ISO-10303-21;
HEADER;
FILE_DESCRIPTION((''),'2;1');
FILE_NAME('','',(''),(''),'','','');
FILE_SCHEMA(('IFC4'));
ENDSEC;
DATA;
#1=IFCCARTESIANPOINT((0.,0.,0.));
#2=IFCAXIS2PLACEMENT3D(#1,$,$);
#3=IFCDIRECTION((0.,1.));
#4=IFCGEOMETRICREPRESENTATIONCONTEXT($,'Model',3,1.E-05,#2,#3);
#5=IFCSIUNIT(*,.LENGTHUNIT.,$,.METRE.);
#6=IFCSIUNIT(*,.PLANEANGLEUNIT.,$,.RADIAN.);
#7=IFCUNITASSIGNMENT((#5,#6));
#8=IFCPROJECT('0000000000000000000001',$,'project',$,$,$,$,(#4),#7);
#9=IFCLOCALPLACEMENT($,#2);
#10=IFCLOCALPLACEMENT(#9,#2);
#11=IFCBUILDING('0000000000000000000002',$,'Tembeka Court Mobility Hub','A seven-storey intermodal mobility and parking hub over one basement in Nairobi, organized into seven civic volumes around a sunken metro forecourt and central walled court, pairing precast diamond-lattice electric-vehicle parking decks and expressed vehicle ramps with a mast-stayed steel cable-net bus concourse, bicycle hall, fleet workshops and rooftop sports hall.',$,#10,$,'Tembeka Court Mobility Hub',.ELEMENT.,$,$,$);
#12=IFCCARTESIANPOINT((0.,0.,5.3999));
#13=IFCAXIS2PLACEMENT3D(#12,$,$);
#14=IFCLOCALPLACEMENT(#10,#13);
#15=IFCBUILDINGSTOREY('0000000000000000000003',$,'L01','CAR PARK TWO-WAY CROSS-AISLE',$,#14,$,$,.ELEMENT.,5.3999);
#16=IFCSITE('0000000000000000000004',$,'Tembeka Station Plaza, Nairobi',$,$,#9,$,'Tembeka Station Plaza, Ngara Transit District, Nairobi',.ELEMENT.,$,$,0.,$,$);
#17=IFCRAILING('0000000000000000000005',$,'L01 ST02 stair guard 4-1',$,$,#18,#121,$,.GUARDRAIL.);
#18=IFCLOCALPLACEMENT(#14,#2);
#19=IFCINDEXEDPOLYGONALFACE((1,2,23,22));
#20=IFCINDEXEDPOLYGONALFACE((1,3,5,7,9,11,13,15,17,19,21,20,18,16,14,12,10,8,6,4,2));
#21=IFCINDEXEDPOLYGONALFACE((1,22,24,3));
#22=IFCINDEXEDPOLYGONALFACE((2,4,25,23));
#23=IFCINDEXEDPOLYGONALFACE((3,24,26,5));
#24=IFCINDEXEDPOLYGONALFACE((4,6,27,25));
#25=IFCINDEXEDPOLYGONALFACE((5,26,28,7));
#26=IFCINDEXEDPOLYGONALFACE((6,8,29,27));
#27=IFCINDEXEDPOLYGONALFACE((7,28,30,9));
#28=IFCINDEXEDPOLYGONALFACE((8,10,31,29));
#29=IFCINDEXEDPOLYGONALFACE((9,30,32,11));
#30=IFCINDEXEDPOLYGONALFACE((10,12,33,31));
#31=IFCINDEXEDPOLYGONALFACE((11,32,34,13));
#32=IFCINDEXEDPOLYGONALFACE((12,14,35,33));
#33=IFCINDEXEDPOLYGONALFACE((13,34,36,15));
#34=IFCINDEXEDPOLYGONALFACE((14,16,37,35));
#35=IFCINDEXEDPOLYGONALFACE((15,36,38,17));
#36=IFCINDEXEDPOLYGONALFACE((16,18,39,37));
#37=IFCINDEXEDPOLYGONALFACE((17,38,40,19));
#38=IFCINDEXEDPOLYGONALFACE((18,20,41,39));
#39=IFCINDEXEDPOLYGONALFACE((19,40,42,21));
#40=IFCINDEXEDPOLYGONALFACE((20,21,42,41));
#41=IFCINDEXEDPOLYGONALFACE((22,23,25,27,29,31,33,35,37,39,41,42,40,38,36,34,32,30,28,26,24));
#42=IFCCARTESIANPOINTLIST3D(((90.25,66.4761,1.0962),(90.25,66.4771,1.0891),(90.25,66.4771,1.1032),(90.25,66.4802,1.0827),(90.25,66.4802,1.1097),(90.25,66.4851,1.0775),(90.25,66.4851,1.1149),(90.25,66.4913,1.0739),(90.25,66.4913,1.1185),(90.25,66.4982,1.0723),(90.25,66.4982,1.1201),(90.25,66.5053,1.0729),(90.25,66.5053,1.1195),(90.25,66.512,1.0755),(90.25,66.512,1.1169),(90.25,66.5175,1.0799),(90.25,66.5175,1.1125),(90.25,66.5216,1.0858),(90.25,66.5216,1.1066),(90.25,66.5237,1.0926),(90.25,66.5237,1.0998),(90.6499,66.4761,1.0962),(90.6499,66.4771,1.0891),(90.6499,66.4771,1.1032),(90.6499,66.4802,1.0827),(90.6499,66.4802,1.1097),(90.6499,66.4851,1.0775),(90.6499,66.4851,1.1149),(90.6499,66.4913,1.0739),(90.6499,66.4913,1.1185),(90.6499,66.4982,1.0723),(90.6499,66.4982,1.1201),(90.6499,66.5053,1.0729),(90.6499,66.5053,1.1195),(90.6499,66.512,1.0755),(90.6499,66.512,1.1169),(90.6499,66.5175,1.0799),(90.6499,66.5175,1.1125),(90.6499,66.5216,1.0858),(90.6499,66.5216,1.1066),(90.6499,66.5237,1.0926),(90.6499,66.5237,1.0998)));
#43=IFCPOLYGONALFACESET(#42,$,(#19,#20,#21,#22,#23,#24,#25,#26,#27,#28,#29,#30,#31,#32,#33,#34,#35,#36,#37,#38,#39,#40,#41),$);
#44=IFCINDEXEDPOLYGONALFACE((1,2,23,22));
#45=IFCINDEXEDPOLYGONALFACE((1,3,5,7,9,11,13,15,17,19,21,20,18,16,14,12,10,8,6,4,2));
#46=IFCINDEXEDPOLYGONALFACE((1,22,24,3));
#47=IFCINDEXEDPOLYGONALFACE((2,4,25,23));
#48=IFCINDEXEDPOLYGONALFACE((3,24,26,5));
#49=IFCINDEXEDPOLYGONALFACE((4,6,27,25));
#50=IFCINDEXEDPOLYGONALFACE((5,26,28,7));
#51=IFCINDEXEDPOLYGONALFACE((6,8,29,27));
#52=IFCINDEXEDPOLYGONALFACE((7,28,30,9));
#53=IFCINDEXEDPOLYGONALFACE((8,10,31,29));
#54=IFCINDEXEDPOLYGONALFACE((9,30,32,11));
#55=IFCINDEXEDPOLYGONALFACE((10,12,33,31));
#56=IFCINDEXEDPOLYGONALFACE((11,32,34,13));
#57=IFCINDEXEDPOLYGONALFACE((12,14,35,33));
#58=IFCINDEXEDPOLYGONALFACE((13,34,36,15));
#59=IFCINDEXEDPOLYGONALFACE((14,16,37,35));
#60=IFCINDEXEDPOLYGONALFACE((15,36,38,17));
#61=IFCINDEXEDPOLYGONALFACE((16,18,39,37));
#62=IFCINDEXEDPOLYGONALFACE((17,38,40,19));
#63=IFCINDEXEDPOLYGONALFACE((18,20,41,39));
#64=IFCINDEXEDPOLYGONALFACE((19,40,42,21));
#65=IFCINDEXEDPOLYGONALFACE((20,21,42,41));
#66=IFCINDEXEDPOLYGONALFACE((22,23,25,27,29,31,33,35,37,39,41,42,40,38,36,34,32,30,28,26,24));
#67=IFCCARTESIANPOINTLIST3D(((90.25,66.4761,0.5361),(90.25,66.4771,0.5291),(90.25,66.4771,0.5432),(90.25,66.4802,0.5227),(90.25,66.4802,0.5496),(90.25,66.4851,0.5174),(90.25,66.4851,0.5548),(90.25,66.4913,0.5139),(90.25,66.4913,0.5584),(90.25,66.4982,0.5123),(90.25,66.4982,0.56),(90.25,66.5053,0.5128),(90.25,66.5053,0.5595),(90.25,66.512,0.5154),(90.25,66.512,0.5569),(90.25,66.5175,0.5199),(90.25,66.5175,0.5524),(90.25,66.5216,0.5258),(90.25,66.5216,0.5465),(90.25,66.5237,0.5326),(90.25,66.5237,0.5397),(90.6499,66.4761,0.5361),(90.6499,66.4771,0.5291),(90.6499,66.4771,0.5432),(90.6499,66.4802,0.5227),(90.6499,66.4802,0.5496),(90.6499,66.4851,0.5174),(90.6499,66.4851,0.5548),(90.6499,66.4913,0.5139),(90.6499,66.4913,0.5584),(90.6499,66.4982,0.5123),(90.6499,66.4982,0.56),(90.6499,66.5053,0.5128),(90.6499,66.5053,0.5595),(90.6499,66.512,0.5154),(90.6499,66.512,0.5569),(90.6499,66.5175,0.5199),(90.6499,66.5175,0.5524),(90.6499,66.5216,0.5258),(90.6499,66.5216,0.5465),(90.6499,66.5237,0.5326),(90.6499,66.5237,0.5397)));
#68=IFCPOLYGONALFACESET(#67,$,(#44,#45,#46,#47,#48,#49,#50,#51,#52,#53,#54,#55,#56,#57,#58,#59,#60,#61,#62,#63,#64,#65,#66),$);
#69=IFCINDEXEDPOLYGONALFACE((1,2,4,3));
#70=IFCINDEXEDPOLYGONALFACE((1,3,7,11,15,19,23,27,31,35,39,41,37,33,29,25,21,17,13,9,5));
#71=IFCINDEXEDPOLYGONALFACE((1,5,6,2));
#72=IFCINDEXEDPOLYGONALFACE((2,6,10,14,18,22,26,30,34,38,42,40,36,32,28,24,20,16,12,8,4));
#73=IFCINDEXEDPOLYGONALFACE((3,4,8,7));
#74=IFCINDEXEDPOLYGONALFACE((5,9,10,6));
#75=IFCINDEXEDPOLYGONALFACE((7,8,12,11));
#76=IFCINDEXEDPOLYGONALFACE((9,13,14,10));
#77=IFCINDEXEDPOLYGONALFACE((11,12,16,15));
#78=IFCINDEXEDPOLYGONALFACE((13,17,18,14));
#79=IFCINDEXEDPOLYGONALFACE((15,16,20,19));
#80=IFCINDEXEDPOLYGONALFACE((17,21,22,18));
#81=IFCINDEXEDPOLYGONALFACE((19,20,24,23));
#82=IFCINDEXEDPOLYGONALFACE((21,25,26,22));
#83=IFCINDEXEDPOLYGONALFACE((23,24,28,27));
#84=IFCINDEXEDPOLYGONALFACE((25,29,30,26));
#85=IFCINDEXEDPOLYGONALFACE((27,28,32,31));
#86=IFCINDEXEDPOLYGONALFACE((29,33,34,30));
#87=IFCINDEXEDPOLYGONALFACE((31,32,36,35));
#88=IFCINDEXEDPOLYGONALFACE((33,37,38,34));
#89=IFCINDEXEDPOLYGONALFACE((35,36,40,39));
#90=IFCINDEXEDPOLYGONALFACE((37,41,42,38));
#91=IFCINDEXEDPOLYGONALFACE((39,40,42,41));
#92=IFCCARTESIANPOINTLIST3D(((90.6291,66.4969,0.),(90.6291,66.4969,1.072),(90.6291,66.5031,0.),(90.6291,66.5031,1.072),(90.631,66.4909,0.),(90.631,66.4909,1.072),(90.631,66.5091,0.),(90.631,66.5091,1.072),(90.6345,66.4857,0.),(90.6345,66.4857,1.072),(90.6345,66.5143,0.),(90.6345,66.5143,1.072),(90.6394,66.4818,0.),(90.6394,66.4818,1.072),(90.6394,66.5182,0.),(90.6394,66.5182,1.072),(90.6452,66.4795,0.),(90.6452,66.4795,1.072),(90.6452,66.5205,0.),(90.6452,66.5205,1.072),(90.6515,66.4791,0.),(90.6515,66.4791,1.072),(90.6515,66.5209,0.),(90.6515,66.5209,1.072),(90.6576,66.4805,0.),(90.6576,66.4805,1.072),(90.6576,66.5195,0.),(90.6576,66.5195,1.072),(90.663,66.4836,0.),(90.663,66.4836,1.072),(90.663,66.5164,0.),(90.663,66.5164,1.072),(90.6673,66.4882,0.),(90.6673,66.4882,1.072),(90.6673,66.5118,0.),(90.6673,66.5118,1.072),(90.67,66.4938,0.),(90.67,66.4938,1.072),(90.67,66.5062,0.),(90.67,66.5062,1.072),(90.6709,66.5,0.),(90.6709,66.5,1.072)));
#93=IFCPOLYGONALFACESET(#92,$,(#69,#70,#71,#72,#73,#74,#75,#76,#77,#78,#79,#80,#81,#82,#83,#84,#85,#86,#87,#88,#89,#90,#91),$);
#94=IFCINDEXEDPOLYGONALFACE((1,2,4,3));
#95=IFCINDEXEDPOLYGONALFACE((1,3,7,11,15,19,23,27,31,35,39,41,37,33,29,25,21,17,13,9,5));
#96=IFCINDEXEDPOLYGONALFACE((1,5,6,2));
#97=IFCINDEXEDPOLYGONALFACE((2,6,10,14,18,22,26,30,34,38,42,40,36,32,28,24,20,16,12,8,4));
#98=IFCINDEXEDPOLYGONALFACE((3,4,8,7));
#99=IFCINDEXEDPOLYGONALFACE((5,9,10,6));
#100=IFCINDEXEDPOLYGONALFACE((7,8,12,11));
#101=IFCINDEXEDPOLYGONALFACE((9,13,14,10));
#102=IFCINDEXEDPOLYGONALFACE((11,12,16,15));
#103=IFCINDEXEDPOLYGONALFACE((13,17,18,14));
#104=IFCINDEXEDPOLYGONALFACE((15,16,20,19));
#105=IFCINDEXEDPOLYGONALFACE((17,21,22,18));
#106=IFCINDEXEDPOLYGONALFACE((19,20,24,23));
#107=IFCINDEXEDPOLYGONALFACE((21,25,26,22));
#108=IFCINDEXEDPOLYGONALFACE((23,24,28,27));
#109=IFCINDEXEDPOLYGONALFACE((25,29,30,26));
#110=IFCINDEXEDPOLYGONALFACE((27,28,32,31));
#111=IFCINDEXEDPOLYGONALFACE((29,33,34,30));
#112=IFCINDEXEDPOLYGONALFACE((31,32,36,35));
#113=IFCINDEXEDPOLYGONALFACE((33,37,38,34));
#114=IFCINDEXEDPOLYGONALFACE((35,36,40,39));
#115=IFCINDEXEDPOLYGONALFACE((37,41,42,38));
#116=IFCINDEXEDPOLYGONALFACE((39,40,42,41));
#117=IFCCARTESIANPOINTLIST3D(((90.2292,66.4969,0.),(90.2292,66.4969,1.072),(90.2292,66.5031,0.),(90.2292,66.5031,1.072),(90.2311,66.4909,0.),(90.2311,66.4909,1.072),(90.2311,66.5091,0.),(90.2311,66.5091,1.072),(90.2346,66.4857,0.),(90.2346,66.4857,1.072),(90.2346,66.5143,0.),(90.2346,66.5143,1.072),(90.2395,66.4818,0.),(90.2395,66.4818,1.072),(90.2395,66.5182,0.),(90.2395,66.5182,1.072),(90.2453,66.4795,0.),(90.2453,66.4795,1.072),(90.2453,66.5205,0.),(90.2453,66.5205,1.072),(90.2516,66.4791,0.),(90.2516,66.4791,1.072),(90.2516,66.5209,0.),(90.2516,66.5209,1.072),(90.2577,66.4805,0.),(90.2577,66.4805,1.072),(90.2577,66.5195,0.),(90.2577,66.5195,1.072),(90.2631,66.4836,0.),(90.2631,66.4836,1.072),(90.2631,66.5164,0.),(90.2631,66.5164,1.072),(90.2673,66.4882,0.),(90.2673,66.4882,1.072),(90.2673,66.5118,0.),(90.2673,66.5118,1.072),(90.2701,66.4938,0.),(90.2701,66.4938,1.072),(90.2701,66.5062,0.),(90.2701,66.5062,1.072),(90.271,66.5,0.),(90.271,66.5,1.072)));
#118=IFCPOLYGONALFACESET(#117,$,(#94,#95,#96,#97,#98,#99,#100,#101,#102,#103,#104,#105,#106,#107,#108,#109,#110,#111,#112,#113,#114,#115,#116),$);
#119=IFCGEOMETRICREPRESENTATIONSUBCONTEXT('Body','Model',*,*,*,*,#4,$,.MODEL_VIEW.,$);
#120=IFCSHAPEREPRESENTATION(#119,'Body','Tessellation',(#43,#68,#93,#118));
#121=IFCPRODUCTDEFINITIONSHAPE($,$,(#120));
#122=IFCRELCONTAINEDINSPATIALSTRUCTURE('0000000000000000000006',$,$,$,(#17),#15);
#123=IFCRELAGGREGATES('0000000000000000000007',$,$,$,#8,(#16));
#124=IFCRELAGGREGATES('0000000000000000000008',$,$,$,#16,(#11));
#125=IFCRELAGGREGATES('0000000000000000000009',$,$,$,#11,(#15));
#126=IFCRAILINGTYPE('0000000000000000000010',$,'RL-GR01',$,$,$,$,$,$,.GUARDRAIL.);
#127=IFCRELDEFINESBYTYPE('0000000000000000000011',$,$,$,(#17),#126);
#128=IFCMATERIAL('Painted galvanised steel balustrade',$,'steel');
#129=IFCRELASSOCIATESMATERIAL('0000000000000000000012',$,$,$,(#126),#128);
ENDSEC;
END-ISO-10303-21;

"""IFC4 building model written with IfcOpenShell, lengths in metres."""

from ifc_helpers import new_model, si_unit, direction, frame, origin, origin_2d, place, context, subcontext, project, spatial, circle, extrude, material, type_object, element, save


model = new_model("IFC4")

# Units and contexts
model_context = context("Model", 3, precision=1e-05, world=origin(), true_north=direction((0.0, 1.0)))
body_context = subcontext(model_context, "Body", "Model", "MODEL_VIEW")
ifc_project = project(units=[si_unit("LENGTHUNIT", "METRE"), si_unit("PLANEANGLEUNIT", "RADIAN")], contexts=[model_context])

# Site, building, storey
site_placement = place(None, origin())
site = spatial("IfcSite", under=ifc_project, at=site_placement, Name="Tembeka Station Plaza, Nairobi", LongName="Tembeka Station Plaza, Ngara Transit District, Nairobi", CompositionType="ELEMENT", RefElevation=0.0)
building_placement = place(site_placement, origin())
building = spatial("IfcBuilding", under=site, at=building_placement, Name="Tembeka Court Mobility Hub", Description="A seven-storey intermodal mobility and parking hub over one basement in Nairobi, organized into seven civic volumes around a sunken metro forecourt and central walled court, pairing precast diamond-lattice electric-vehicle parking decks and expressed vehicle ramps with a mast-stayed steel cable-net bus concourse, bicycle hall, fleet workshops and rooftop sports hall.", LongName="Tembeka Court Mobility Hub", CompositionType="ELEMENT")
storey_placement = place(building_placement, frame((0.0, 0.0, 5.3999)))
storey = spatial("IfcBuildingStorey", under=building, at=storey_placement, Name="L01", Description="CAR PARK TWO-WAY CROSS-AISLE", CompositionType="ELEMENT", Elevation=5.3999)

# Railing
ifc_material_1 = material(Name="Painted galvanised steel balustrade", Category="steel")
railing_type_1 = type_object("IfcRailingType", Name="RL-GR01", PredefinedType="GUARDRAIL", material=ifc_material_1)
railing_1_placement = place(storey_placement, frame((90.6499, 66.5, 0.0)))
element("IfcRailing", 1, at=railing_1_placement, inside=storey, type_object=railing_type_1, Name="L01 ST02 stair guard 4-1", PredefinedType="GUARDRAIL", context=body_context, shape_type="SweptSolid", body=[
    extrude(circle(Radius=0.0239, at=origin_2d()), frame((0.0, 0.0, 1.0962), z_axis=(-1.0, 0.0, 0.0), x_axis=(0.0, -1.0, 0.0)), (0.0, 0.0, 1.0), 0.3999),
    extrude(circle(Radius=0.0239, at=origin_2d()), frame((0.0, 0.0, 0.5361), z_axis=(-1.0, 0.0, 0.0), x_axis=(0.0, -1.0, 0.0)), (0.0, 0.0, 1.0), 0.3999),
    extrude(circle(Radius=0.021, at=origin_2d()), origin(), (0.0, 0.0, 1.0), 1.072),
    extrude(circle(Radius=0.021, at=origin_2d()), frame((-0.3999, 0.0, 0.0)), (0.0, 0.0, 1.0), 1.072),
])

save(model, "model.ifc")
